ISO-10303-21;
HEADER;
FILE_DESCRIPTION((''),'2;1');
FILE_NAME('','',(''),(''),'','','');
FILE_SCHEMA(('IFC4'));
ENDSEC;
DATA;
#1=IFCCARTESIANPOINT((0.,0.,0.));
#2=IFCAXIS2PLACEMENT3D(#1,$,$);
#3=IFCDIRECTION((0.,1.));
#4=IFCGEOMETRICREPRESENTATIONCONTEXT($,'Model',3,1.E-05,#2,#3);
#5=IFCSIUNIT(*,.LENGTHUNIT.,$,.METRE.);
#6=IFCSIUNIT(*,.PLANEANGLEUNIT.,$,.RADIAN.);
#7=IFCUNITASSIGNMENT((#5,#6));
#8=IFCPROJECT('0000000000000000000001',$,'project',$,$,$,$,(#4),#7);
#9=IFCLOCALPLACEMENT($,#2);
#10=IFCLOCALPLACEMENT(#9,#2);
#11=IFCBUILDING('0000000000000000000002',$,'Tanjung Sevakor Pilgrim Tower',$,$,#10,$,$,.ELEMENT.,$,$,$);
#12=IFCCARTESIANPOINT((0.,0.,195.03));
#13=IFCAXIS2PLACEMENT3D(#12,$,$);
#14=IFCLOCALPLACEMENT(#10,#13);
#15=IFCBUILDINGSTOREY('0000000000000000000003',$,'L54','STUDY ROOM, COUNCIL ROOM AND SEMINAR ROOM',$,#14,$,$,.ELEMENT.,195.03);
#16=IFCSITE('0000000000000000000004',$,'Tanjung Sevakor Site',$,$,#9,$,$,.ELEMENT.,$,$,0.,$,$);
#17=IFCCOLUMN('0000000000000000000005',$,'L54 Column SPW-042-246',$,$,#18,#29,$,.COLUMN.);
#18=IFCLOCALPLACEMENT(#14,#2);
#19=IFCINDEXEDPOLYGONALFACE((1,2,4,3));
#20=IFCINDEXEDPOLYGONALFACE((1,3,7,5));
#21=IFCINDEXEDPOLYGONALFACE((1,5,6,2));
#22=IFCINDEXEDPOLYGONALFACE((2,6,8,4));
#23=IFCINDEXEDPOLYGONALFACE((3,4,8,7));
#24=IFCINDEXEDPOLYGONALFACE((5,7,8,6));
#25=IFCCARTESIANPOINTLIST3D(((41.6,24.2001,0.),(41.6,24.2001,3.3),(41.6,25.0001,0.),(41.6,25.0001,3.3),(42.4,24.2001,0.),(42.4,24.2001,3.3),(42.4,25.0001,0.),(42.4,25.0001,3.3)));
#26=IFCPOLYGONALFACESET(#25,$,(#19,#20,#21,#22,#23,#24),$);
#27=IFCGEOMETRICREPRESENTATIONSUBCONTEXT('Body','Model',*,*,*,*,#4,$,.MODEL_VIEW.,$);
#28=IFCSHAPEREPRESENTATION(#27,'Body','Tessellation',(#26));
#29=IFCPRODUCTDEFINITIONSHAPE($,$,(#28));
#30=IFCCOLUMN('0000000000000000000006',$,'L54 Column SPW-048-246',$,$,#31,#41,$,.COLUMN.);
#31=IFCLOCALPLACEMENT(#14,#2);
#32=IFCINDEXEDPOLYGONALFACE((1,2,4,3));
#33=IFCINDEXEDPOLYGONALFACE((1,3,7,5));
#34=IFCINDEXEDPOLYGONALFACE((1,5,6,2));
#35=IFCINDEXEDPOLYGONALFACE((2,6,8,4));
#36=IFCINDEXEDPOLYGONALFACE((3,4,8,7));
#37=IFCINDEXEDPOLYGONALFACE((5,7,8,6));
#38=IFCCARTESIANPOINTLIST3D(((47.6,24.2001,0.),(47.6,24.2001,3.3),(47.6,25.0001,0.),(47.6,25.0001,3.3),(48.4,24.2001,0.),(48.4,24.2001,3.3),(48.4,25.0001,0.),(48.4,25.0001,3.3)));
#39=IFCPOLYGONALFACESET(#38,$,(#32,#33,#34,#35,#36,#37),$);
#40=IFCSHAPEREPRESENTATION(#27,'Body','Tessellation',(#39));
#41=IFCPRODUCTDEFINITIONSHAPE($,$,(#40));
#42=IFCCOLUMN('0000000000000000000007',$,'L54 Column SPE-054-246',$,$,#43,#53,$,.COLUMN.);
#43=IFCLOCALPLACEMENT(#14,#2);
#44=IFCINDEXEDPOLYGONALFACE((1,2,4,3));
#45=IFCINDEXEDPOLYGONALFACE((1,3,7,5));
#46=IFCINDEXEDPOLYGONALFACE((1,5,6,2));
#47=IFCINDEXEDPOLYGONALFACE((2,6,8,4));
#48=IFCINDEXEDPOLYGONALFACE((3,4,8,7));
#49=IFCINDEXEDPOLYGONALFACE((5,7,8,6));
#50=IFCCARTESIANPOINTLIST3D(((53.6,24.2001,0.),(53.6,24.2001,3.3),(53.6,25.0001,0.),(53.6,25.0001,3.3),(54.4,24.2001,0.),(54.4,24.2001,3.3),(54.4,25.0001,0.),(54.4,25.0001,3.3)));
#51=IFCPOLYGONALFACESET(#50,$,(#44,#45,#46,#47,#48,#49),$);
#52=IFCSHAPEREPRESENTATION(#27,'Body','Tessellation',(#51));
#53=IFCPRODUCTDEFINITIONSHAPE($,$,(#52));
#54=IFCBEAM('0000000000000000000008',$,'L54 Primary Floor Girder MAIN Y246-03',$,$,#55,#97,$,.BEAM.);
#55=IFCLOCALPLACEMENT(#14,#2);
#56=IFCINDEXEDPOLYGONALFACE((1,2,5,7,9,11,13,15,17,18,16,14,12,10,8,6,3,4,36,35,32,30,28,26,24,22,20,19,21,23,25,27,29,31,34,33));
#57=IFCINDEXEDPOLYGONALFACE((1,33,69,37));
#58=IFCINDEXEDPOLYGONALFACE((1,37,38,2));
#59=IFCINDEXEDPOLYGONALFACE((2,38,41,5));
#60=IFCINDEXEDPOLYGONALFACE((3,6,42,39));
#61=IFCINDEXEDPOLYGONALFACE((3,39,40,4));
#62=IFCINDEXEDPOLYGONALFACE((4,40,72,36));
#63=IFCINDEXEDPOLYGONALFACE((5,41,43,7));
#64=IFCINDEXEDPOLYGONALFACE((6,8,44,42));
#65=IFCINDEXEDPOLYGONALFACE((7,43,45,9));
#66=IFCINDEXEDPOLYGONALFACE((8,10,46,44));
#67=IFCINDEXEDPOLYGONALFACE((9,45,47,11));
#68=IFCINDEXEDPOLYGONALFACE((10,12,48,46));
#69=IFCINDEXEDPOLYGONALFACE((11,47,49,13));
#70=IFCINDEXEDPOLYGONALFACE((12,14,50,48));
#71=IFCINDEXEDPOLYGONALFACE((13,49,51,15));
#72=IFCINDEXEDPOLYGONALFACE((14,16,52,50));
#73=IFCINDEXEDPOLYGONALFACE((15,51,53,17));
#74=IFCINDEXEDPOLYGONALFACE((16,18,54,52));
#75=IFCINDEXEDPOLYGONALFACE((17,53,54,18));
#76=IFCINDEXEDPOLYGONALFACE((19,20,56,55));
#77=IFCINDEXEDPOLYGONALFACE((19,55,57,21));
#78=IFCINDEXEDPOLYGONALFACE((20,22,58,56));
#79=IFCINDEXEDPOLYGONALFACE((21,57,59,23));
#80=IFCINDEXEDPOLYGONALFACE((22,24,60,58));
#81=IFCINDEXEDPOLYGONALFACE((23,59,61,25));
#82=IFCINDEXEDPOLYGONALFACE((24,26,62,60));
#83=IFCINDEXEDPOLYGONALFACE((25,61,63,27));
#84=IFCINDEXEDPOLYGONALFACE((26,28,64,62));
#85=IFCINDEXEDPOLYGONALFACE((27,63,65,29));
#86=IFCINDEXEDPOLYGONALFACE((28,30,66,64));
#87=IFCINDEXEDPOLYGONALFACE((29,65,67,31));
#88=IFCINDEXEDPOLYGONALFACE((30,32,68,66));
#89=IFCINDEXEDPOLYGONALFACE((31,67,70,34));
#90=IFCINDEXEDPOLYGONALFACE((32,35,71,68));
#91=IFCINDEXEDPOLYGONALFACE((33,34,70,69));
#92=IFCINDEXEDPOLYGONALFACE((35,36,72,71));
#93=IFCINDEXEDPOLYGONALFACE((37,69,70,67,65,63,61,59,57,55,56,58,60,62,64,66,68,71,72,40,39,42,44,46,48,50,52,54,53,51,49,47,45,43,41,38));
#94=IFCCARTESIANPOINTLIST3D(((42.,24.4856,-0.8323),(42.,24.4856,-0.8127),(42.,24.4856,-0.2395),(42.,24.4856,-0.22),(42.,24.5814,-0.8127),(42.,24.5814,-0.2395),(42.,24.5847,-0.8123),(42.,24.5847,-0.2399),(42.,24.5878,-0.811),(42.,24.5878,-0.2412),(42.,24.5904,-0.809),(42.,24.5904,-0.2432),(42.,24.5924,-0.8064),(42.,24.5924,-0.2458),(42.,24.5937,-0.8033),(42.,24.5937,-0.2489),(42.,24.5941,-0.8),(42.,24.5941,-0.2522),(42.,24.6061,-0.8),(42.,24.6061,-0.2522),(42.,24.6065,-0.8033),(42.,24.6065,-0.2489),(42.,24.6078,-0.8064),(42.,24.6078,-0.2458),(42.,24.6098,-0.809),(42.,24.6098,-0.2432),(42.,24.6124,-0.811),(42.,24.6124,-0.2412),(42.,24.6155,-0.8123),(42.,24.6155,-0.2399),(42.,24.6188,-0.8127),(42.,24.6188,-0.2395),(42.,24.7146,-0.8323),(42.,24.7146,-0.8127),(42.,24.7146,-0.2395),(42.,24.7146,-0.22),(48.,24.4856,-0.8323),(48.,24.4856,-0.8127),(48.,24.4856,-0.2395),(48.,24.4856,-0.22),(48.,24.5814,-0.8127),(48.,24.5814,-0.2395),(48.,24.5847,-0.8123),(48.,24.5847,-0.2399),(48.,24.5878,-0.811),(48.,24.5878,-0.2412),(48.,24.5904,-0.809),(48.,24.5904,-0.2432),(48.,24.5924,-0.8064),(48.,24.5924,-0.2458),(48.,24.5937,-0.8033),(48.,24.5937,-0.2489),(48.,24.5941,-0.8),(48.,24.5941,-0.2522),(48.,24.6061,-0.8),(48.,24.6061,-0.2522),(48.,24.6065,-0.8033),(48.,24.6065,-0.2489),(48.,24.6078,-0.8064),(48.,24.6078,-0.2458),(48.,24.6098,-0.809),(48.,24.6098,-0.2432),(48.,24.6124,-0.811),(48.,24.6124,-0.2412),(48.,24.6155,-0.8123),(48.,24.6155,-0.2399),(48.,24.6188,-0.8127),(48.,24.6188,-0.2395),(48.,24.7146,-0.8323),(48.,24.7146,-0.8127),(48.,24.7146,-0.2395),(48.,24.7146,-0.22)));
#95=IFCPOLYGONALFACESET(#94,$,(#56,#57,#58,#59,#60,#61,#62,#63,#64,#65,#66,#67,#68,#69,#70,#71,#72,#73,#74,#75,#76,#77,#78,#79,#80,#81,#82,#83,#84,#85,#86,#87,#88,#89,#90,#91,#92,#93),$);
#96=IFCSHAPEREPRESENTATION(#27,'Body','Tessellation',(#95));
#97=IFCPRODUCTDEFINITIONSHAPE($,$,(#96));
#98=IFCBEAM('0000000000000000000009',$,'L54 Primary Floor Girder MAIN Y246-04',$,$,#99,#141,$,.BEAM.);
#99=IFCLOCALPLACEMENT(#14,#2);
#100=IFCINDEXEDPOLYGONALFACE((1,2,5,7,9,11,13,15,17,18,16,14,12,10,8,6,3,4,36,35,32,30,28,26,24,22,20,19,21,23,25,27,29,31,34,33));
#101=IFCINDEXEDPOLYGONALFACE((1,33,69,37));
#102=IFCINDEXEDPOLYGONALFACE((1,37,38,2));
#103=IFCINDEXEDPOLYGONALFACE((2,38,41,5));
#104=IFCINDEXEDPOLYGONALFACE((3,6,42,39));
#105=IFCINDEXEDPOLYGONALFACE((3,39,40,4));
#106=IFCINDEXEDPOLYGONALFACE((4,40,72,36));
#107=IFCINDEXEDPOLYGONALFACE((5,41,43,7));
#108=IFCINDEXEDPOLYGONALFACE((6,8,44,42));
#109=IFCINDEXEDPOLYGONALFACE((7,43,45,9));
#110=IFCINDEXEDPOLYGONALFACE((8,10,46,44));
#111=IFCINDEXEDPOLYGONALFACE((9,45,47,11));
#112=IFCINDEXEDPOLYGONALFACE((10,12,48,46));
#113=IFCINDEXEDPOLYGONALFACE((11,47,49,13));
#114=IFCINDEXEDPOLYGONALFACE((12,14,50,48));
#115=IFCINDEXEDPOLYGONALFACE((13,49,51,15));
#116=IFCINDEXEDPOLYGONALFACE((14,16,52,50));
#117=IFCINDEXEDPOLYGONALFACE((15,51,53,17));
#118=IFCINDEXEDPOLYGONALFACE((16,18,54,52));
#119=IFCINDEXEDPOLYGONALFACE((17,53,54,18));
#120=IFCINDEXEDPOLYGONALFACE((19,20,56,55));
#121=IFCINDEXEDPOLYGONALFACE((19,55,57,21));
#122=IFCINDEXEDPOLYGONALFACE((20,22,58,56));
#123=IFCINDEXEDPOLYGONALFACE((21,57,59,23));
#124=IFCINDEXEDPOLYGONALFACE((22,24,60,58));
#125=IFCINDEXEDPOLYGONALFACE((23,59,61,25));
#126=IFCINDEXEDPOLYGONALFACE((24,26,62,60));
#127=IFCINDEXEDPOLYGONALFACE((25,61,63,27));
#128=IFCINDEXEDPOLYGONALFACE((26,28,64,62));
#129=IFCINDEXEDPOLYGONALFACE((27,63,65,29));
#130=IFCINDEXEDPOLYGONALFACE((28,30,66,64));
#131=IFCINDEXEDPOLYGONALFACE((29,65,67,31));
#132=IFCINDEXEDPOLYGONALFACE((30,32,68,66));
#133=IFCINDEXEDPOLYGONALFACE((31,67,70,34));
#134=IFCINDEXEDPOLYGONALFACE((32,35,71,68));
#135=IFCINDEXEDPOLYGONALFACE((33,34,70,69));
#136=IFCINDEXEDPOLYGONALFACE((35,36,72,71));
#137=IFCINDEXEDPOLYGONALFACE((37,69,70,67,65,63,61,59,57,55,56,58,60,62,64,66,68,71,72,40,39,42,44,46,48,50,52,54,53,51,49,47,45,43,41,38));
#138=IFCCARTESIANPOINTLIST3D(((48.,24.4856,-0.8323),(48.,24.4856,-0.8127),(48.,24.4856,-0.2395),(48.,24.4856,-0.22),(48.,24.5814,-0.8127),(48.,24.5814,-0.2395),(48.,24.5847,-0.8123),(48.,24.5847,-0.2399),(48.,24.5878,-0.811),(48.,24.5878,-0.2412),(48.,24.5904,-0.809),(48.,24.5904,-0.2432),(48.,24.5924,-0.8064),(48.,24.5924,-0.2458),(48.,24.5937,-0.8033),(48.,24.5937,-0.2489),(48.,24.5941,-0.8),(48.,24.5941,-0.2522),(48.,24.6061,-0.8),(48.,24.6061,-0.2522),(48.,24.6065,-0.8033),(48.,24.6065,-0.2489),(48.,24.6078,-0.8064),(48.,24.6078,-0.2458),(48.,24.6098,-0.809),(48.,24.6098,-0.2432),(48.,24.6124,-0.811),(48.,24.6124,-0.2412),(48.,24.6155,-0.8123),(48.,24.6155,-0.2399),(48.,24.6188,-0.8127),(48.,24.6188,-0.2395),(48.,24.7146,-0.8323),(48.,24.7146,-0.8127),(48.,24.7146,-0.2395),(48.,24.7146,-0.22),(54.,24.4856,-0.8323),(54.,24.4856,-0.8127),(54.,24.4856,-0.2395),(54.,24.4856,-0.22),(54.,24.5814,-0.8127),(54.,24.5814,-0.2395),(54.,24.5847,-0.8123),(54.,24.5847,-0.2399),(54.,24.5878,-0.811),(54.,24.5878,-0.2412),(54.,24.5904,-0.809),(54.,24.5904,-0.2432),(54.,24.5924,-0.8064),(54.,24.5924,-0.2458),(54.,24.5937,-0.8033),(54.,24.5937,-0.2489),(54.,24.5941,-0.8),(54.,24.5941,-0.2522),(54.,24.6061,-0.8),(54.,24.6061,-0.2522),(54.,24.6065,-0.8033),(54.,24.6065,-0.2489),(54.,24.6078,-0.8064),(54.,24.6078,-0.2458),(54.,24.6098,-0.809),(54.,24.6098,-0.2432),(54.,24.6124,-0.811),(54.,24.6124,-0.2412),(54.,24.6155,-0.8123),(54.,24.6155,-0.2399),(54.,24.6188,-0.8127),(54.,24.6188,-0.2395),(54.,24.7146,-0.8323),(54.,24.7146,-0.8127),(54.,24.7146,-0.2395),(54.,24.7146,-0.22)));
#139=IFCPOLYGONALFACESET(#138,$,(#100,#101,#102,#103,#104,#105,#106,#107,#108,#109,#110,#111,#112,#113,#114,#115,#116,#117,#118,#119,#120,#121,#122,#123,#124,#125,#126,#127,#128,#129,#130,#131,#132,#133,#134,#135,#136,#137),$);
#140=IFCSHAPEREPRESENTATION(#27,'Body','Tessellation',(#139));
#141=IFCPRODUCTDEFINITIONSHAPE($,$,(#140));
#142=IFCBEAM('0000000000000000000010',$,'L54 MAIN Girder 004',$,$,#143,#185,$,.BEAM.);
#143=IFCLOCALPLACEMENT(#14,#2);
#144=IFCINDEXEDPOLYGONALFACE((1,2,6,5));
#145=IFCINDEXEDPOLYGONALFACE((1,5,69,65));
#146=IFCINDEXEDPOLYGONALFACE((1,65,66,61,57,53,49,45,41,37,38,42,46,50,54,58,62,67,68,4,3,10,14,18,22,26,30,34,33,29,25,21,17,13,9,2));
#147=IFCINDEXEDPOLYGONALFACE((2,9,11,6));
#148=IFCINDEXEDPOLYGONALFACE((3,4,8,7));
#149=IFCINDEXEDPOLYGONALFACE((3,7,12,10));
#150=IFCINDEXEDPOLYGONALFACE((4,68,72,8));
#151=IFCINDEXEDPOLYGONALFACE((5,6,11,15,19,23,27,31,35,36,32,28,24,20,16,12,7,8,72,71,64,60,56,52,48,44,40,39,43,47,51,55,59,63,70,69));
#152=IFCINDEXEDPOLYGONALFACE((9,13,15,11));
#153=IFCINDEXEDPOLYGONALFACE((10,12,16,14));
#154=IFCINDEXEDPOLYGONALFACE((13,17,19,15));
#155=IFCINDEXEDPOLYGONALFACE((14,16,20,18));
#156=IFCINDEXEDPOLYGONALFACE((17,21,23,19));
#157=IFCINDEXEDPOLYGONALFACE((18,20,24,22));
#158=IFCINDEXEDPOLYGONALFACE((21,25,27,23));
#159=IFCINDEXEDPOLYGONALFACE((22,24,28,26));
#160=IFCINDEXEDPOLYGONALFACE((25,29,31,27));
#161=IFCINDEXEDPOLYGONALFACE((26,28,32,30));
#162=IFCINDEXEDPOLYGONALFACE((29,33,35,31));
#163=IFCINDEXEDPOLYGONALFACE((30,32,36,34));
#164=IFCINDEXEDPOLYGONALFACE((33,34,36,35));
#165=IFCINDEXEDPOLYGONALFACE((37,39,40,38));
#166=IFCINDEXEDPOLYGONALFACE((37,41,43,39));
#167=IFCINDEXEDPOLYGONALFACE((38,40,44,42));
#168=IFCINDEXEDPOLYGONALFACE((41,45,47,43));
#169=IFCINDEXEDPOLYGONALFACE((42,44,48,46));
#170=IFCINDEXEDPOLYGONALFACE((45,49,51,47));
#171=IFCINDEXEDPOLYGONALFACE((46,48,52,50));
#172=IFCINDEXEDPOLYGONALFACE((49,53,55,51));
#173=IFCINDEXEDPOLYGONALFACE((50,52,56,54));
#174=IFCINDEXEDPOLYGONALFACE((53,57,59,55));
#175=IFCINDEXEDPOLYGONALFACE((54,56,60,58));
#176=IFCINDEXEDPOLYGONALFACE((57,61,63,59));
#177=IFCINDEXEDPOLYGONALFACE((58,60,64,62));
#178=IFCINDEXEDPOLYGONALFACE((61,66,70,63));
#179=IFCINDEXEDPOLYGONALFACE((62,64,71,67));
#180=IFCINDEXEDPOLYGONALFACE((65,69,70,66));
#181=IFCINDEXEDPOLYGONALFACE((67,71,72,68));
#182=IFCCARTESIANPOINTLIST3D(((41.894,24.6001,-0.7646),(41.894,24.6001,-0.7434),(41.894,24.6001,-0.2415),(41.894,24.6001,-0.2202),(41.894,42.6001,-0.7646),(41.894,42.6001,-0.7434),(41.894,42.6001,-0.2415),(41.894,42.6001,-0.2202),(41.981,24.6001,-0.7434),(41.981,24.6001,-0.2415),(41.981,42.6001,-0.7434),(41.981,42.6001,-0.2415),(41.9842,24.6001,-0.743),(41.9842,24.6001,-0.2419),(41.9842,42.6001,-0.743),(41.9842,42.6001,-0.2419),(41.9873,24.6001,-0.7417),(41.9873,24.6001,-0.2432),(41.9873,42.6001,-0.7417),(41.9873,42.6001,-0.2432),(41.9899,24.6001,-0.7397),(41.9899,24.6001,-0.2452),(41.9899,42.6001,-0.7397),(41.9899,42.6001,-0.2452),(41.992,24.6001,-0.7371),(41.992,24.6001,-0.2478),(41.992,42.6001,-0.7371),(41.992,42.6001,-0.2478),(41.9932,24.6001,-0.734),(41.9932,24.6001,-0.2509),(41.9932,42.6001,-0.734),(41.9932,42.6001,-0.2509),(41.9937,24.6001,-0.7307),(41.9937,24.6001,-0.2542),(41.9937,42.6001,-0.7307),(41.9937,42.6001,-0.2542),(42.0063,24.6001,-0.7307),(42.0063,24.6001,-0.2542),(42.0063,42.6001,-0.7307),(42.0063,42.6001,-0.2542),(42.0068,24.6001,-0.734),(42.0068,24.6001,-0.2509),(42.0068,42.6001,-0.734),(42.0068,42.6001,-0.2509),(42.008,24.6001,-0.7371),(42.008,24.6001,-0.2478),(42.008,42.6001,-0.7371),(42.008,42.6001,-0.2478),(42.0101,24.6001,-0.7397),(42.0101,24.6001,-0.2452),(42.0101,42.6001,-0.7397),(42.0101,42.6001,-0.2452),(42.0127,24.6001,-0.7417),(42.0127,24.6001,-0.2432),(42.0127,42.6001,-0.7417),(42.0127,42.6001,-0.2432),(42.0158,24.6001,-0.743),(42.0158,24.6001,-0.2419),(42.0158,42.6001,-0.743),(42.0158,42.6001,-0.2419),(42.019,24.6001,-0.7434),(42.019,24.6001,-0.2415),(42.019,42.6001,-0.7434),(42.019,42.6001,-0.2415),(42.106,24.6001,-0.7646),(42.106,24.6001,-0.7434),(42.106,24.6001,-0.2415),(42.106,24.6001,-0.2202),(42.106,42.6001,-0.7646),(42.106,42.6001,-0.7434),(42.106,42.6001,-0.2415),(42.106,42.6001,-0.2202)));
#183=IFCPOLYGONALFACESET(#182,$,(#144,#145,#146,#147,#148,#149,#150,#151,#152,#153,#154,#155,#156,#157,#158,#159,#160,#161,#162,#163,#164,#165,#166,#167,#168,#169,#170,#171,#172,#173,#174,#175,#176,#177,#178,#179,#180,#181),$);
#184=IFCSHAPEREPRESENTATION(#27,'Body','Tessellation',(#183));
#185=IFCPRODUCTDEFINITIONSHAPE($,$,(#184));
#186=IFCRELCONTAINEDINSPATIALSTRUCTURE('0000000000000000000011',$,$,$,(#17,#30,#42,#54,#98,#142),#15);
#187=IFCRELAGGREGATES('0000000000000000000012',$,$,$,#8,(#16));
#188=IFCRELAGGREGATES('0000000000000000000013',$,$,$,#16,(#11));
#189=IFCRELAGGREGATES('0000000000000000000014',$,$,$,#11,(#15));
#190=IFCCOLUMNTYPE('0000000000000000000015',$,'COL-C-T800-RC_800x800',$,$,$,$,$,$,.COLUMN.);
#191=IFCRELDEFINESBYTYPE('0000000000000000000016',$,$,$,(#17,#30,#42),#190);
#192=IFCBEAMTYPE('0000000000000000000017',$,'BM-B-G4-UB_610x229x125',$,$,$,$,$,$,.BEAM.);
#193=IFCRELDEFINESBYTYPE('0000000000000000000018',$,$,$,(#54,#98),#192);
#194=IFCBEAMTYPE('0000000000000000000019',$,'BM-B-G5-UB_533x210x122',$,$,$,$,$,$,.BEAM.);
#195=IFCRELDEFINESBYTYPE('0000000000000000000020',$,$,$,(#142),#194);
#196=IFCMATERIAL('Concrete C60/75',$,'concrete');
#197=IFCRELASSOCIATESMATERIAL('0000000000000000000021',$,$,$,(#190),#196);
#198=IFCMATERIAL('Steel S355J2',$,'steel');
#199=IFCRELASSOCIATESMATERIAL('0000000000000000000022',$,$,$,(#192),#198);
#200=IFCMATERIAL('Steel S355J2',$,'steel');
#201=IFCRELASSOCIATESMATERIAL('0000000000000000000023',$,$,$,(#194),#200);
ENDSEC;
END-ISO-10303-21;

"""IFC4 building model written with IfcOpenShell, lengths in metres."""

from ifc_helpers import new_model, si_unit, direction, frame, origin, origin_2d, place, context, subcontext, project, spatial, rectangle, i_section, extrude, material, material_profile, profile_set, type_object, element, save


model = new_model("IFC4")

# Units and contexts
model_context = context("Model", 3, precision=1e-05, world=origin(), true_north=direction((0.0, 1.0)))
body_context = subcontext(model_context, "Body", "Model", "MODEL_VIEW")
ifc_project = project(units=[si_unit("LENGTHUNIT", "METRE"), si_unit("PLANEANGLEUNIT", "RADIAN")], contexts=[model_context])

# Site, building, storey
site_placement = place(None, origin())
site = spatial("IfcSite", under=ifc_project, at=site_placement, Name="Tanjung Sevakor Site", CompositionType="ELEMENT", RefElevation=0.0)
building_placement = place(site_placement, origin())
building = spatial("IfcBuilding", under=site, at=building_placement, Name="Tanjung Sevakor Pilgrim Tower", CompositionType="ELEMENT")
storey_placement = place(building_placement, frame((0.0, 0.0, 195.03)))
storey = spatial("IfcBuildingStorey", under=building, at=storey_placement, Name="L54", Description="STUDY ROOM, COUNCIL ROOM AND SEMINAR ROOM", CompositionType="ELEMENT", Elevation=195.03)

# Columns
ifc_material_1 = material(Name="Concrete C60/75", Category="concrete")
ifc_material_profile_1 = material_profile(ifc_material_1, rectangle(XDim=0.8, YDim=0.8, at=origin_2d()))
ifc_profile_set_1 = profile_set([ifc_material_profile_1], Name="Concrete C60/75")
column_type = type_object("IfcColumnType", Name="COL-C-T800-RC_800x800", PredefinedType="COLUMN", material=ifc_profile_set_1)
for number, where, z_axis, x_axis, name in (
    (1, (42.0, 24.6001, 0.0), (0.0, 0.0, 1.0), (1.0, 0.0, 0.0), "L54 Column SPW-042-246"),
    (2, (48.0, 24.6001, 0.0), (0.0, 0.0, 1.0), (1.0, 0.0, 0.0), "L54 Column SPW-048-246"),
    (3, (54.0, 24.6001, 0.0), (0.0, 0.0, 1.0), (1.0, 0.0, 0.0), "L54 Column SPE-054-246"),
):
    element("IfcColumn", number, at=place(storey_placement, frame(where, z_axis=z_axis, x_axis=x_axis)), inside=storey, type_object=column_type, Name=name, PredefinedType="COLUMN", context=body_context, shape_type="SweptSolid", body=[
        extrude(rectangle(XDim=0.8, YDim=0.8, at=origin_2d()), origin(), (0.0, 0.0, 1.0), 3.3),
    ])

# Beams
ifc_material_2 = material(Name="Steel S355J2", Category="steel")
ifc_material_profile_2 = material_profile(ifc_material_2, i_section(OverallWidth=0.229, OverallDepth=0.6123, WebThickness=0.012, FlangeThickness=0.0195, FilletRadius=0.0127, at=origin_2d()))
ifc_profile_set_2 = profile_set([ifc_material_profile_2], Name="Steel S355J2")
beam_type_1 = type_object("IfcBeamType", Name="BM-B-G4-UB_610x229x125", PredefinedType="BEAM", material=ifc_profile_set_2)
for number, where, z_axis, x_axis, name in (
    (4, (42.0, 24.6001, -0.5261), (1.0, 0.0, 0.0), (0.0, 1.0, 0.0), "L54 Primary Floor Girder MAIN Y246-03"),
    (5, (48.0, 24.6001, -0.5261), (1.0, 0.0, 0.0), (0.0, 1.0, 0.0), "L54 Primary Floor Girder MAIN Y246-04"),
):
    element("IfcBeam", number, at=place(storey_placement, frame(where, z_axis=z_axis, x_axis=x_axis)), inside=storey, type_object=beam_type_1, Name=name, PredefinedType="BEAM", context=body_context, shape_type="SweptSolid", body=[
        extrude(i_section(OverallWidth=0.229, OverallDepth=0.6123, WebThickness=0.012, FlangeThickness=0.0195, FilletRadius=0.0127, at=origin_2d()), origin(), (0.0, 0.0, 1.0), 6.0),
    ])
ifc_material_3 = material(Name="Steel S355J2", Category="steel")
ifc_material_profile_3 = material_profile(ifc_material_3, i_section(OverallWidth=0.2119, OverallDepth=0.5444, WebThickness=0.0127, FlangeThickness=0.0212, FilletRadius=0.0127, at=origin_2d()))
ifc_profile_set_3 = profile_set([ifc_material_profile_3], Name="Steel S355J2")
beam_type_2 = type_object("IfcBeamType", Name="BM-B-G5-UB_533x210x122", PredefinedType="BEAM", material=ifc_profile_set_3)
beam_placement = place(storey_placement, frame((42.0, 24.6001, -0.4924), z_axis=(0.0, 1.0, 0.0), x_axis=(-1.0, 0.0, 0.0)))
element("IfcBeam", 6, at=beam_placement, inside=storey, type_object=beam_type_2, Name="L54 MAIN Girder 004", PredefinedType="BEAM", context=body_context, shape_type="SweptSolid", body=[
    extrude(i_section(OverallWidth=0.2119, OverallDepth=0.5444, WebThickness=0.0127, FlangeThickness=0.0212, FilletRadius=0.0127, at=origin_2d()), origin(), (0.0, 0.0, 1.0), 18.0),
])

save(model, "model.ifc")
